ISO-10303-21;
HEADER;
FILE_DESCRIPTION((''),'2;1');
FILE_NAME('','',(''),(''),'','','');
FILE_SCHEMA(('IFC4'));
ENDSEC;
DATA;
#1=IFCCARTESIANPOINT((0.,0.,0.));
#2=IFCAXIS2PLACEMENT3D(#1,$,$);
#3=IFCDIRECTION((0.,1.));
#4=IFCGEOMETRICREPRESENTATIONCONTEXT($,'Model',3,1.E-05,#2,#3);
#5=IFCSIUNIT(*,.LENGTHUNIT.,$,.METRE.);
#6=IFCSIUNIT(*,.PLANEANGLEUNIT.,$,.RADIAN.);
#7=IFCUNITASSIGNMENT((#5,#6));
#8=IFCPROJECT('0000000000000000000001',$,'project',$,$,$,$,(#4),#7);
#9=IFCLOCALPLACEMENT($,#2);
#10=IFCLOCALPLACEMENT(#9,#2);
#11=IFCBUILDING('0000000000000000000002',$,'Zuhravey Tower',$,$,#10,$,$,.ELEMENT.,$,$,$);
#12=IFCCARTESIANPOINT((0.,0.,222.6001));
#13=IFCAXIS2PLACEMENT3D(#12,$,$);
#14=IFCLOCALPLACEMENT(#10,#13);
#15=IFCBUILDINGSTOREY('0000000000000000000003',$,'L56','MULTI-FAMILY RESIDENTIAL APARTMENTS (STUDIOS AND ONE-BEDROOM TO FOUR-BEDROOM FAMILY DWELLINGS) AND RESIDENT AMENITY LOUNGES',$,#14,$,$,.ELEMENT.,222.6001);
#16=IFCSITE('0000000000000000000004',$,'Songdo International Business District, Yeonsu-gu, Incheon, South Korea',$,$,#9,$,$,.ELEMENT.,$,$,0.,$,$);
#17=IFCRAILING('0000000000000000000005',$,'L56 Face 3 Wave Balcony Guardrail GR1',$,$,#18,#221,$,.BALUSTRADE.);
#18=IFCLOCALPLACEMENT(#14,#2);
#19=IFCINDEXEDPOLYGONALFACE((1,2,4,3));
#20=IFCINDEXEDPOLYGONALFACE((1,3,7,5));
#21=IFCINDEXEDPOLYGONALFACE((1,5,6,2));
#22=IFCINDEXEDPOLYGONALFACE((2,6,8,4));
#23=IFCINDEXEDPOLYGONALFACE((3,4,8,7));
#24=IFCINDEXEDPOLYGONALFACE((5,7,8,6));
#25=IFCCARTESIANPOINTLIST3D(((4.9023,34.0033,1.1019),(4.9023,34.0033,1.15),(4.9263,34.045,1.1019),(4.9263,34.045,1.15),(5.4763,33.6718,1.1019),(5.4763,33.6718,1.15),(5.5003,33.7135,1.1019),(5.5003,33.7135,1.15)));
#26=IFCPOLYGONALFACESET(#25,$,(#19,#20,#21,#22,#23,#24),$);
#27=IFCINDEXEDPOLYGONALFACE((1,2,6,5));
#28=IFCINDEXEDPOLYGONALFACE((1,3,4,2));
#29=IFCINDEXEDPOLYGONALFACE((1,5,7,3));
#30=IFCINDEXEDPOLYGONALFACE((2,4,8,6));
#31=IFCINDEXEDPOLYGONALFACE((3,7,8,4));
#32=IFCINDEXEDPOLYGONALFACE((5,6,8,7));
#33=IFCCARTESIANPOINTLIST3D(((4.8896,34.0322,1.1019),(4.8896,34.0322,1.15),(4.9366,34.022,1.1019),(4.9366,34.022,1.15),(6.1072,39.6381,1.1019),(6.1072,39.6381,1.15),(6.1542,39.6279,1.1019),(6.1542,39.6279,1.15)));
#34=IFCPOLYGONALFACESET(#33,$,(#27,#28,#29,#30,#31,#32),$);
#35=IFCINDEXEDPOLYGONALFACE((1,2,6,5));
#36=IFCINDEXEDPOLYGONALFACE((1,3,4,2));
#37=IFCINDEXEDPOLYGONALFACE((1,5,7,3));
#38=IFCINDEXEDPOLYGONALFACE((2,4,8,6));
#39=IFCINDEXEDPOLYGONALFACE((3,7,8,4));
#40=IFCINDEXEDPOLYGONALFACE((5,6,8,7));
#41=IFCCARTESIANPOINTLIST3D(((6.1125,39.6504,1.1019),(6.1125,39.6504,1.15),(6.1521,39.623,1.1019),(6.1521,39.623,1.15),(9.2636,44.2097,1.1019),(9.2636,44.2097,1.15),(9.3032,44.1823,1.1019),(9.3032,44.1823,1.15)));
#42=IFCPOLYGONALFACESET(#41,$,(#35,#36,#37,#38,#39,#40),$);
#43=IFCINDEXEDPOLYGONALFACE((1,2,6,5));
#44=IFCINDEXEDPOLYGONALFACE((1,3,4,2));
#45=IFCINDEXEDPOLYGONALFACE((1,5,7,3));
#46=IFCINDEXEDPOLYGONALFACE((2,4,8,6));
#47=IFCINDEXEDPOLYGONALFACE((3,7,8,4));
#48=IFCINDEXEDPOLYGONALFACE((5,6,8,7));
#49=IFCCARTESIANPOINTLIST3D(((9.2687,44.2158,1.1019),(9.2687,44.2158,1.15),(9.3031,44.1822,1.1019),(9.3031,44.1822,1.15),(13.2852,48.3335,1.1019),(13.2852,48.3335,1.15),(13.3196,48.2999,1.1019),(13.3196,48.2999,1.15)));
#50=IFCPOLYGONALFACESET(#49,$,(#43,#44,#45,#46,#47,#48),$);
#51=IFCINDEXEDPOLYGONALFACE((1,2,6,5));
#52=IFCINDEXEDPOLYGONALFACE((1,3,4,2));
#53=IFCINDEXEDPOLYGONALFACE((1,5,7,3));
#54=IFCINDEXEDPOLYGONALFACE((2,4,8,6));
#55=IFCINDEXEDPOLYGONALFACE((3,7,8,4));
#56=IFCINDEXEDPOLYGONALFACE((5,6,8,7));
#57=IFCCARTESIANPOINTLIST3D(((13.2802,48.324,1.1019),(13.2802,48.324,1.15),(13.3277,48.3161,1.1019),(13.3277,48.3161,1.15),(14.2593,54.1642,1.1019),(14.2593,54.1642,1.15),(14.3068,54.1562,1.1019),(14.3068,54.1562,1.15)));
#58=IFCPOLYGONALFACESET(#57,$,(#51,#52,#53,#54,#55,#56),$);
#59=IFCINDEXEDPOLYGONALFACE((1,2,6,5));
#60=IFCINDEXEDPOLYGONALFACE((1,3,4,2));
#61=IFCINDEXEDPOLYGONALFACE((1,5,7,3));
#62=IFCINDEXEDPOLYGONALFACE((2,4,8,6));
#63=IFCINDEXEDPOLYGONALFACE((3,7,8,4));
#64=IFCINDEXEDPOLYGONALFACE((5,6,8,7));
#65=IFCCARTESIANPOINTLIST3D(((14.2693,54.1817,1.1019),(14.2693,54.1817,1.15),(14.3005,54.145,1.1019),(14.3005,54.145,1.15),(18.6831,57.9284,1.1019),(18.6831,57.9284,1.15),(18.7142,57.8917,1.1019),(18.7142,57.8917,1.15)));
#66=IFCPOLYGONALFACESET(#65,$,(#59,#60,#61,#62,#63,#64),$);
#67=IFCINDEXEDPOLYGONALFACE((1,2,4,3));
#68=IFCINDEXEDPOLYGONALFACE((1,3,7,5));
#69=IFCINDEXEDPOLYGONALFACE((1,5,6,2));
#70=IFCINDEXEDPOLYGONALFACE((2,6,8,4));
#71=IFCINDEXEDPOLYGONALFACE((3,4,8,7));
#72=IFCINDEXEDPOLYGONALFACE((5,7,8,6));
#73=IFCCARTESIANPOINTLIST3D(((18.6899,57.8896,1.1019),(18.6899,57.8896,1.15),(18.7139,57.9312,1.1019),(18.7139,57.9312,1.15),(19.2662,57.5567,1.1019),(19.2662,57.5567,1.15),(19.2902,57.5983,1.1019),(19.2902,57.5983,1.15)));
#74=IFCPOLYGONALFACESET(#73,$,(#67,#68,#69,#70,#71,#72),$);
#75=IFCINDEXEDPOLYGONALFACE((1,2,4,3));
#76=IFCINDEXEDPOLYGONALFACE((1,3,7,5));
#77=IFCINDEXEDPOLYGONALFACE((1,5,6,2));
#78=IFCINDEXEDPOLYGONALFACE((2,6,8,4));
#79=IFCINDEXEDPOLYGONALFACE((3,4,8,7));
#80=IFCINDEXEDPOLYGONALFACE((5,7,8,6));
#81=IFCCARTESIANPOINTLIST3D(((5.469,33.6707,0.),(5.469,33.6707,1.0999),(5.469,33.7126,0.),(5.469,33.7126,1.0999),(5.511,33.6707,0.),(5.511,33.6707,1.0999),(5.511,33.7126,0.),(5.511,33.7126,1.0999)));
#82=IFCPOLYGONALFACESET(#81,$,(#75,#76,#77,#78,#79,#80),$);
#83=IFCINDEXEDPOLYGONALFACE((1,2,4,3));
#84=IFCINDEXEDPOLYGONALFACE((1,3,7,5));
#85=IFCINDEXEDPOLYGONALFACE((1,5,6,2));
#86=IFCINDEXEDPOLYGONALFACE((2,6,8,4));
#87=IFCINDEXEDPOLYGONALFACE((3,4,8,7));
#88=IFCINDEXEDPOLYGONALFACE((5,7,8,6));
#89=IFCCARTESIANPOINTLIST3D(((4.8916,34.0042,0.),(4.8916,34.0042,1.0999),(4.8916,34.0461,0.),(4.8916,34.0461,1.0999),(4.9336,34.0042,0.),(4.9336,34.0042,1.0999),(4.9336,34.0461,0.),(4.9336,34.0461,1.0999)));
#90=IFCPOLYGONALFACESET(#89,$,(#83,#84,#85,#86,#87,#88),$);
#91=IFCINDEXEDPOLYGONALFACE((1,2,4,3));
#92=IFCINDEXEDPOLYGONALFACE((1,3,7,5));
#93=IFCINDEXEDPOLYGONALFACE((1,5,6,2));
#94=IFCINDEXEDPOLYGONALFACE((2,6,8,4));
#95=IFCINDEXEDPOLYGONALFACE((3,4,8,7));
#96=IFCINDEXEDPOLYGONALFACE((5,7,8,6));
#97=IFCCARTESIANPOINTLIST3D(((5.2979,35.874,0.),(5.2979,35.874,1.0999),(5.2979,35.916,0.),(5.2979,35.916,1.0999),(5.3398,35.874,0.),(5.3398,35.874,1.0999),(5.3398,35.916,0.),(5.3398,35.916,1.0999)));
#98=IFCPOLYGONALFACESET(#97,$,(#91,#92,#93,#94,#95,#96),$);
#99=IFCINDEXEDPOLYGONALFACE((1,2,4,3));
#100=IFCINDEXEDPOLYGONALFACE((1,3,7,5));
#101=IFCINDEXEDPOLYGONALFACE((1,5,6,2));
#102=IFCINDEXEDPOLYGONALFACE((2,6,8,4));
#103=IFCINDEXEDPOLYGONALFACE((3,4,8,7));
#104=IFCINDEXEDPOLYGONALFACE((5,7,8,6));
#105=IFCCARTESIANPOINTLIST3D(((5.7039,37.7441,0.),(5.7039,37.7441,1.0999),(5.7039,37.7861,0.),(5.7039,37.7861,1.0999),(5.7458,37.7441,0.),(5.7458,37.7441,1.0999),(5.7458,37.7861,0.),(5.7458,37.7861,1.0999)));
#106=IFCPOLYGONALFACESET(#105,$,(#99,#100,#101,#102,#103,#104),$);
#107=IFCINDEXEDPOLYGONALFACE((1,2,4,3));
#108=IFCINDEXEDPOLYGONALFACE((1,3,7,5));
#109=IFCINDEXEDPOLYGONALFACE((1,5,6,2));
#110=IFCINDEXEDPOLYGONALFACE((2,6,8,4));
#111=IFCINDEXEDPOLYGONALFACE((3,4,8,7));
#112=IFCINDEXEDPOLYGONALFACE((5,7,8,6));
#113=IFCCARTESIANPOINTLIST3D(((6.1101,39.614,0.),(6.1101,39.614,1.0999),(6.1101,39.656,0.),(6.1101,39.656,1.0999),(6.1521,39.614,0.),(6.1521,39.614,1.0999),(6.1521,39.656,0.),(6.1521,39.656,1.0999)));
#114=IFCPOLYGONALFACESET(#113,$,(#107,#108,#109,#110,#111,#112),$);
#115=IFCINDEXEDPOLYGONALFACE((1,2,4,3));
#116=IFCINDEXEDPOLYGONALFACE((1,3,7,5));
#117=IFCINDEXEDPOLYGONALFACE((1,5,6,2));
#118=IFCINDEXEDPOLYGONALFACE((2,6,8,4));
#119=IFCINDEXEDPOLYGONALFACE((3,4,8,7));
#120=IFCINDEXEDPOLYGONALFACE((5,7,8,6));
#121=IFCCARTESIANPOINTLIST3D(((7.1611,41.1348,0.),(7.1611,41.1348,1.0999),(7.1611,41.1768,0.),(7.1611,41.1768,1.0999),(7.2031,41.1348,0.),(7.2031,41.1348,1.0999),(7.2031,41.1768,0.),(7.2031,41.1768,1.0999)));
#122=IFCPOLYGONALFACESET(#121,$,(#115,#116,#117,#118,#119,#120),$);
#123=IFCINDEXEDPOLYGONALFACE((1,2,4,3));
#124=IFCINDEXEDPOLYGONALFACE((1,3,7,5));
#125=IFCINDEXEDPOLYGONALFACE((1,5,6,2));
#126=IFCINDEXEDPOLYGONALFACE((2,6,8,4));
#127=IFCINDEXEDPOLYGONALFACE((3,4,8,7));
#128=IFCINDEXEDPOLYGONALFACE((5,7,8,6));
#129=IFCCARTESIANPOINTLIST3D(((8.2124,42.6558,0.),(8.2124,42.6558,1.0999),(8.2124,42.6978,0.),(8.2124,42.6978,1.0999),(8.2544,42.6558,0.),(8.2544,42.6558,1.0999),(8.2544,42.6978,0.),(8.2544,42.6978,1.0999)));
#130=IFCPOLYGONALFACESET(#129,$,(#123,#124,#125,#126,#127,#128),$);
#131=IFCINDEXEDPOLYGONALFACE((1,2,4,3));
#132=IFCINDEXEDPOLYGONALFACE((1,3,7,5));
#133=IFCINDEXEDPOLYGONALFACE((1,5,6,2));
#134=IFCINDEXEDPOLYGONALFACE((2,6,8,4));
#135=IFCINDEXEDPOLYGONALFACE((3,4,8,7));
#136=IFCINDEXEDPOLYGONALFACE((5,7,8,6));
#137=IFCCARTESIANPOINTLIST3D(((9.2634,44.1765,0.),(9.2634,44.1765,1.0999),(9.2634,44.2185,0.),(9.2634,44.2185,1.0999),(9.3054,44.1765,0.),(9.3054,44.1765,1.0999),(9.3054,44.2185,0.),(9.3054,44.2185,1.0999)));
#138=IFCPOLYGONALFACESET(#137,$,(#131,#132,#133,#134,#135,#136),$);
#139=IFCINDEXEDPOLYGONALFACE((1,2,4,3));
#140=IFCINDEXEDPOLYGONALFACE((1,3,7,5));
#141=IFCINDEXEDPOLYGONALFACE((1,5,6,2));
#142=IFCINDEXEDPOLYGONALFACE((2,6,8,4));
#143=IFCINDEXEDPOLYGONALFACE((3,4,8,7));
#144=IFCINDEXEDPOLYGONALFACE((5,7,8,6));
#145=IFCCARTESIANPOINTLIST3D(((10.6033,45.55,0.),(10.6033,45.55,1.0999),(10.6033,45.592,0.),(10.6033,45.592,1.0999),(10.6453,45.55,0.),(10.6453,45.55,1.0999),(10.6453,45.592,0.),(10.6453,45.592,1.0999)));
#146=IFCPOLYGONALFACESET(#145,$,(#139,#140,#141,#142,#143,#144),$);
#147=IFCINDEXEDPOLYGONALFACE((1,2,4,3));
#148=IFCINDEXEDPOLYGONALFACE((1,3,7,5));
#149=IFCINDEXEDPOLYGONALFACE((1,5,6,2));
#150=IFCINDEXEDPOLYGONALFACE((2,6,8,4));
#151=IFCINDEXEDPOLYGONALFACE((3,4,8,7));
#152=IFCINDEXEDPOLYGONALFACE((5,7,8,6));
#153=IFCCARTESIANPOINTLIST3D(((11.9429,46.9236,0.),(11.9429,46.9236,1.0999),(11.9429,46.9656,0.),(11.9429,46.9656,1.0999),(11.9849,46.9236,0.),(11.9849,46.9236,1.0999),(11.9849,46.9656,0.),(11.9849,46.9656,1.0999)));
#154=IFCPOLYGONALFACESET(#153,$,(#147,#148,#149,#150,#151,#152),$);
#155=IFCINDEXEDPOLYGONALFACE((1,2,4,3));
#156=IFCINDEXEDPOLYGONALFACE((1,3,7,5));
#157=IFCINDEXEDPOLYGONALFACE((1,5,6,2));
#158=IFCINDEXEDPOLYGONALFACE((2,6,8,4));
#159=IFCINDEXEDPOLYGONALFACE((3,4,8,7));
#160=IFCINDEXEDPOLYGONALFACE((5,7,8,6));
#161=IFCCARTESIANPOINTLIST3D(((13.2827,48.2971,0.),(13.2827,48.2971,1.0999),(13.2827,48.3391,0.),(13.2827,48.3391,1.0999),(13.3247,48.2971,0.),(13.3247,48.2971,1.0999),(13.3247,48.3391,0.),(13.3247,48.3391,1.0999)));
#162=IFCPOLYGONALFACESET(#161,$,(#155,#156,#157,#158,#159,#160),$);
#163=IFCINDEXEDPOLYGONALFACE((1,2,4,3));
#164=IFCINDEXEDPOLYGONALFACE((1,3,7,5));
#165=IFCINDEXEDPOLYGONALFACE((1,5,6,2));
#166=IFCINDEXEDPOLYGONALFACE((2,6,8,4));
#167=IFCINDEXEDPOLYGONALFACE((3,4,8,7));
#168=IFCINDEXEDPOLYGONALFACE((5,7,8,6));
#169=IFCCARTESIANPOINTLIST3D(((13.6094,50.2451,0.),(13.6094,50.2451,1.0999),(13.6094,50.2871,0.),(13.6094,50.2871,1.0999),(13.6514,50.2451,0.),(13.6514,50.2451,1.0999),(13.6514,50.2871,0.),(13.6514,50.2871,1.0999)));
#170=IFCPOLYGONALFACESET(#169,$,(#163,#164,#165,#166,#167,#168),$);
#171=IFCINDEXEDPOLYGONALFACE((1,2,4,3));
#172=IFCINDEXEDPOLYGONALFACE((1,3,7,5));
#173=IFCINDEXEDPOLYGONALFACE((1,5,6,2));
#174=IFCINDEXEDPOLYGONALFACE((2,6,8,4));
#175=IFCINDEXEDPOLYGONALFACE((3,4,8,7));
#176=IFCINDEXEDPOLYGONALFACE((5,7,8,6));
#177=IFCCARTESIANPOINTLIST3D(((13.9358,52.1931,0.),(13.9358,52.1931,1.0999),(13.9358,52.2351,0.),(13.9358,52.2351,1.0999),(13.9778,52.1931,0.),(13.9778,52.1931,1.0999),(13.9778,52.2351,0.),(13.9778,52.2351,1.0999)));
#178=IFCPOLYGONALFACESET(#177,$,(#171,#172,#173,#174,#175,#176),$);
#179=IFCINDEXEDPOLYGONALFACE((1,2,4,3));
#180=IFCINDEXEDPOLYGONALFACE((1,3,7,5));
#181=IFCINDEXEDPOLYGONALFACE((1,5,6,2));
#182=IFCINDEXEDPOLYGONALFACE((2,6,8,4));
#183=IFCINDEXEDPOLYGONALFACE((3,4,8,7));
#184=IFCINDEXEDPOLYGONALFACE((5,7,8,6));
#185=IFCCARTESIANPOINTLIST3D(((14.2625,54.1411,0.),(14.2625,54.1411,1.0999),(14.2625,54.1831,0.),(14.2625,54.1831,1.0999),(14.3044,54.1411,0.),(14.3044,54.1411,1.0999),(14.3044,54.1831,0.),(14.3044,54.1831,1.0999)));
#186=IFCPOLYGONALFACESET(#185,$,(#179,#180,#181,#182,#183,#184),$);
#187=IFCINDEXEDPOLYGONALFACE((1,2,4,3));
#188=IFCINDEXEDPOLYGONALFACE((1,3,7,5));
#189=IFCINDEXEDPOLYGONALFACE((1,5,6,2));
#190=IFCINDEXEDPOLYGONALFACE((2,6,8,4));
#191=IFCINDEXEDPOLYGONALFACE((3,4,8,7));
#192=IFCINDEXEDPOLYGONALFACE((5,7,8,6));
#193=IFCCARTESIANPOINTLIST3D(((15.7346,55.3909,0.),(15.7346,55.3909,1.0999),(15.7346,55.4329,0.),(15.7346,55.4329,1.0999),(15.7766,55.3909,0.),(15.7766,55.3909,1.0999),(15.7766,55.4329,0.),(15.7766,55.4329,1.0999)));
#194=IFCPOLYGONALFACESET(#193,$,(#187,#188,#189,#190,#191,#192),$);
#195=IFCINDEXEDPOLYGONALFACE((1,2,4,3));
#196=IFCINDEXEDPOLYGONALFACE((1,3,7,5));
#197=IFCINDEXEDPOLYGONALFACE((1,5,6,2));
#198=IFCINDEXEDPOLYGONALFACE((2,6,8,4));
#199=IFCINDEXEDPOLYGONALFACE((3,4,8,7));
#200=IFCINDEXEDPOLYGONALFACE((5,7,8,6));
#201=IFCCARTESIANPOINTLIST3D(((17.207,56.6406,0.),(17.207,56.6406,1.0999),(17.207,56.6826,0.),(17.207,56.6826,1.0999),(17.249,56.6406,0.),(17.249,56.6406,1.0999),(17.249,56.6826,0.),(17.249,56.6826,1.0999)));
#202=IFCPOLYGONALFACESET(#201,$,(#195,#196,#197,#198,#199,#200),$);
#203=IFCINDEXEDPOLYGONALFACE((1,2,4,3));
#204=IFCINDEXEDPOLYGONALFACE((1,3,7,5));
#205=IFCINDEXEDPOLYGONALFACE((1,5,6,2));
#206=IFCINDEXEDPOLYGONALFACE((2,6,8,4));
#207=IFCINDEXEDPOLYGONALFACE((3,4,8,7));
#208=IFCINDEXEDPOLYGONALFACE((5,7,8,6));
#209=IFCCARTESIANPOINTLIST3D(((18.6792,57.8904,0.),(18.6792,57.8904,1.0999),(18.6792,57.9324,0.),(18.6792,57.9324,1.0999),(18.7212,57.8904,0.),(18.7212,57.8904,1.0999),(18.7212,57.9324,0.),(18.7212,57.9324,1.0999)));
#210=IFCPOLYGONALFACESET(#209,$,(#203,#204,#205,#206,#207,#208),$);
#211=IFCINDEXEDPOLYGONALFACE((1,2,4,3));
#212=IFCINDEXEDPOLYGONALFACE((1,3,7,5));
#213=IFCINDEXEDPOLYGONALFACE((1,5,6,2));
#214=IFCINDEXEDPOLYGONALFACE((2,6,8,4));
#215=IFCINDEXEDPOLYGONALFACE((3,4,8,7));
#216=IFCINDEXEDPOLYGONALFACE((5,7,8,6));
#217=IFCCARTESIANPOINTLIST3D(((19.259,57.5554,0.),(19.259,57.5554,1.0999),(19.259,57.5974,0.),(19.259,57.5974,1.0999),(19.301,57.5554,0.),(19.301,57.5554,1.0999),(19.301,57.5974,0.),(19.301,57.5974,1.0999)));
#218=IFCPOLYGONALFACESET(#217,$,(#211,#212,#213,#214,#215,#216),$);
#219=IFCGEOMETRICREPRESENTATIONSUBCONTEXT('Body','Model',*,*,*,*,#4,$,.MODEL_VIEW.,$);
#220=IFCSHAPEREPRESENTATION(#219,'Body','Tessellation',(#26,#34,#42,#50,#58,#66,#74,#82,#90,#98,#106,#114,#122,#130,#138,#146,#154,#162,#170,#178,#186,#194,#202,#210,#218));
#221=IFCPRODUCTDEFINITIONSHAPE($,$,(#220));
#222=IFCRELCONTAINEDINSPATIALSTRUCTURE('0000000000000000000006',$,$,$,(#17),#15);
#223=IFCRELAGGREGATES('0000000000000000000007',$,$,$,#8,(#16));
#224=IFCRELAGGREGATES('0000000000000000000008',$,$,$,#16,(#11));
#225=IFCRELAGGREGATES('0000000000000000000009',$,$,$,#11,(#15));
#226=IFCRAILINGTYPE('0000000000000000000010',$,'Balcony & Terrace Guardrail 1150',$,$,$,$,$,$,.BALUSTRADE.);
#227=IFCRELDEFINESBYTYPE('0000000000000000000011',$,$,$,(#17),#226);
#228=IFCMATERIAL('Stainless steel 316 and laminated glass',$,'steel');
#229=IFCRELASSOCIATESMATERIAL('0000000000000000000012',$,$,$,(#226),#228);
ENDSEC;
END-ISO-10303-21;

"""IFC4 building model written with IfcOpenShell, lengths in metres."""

from ifc_helpers import new_model, si_unit, direction, frame, origin, origin_2d, place, context, subcontext, project, spatial, rectangle, extrude, material, type_object, element, save


model = new_model("IFC4")

# Units and contexts
model_context = context("Model", 3, precision=1e-05, world=origin(), true_north=direction((0.0, 1.0)))
body_context = subcontext(model_context, "Body", "Model", "MODEL_VIEW")
ifc_project = project(units=[si_unit("LENGTHUNIT", "METRE"), si_unit("PLANEANGLEUNIT", "RADIAN")], contexts=[model_context])

# Site, building, storey
site_placement = place(None, origin())
site = spatial("IfcSite", under=ifc_project, at=site_placement, Name="Songdo International Business District, Yeonsu-gu, Incheon, South Korea", CompositionType="ELEMENT", RefElevation=0.0)
building_placement = place(site_placement, origin())
building = spatial("IfcBuilding", under=site, at=building_placement, Name="Zuhravey Tower", CompositionType="ELEMENT")
storey_placement = place(building_placement, frame((0.0, 0.0, 222.6001)))
storey = spatial("IfcBuildingStorey", under=building, at=storey_placement, Name="L56", Description="MULTI-FAMILY RESIDENTIAL APARTMENTS (STUDIOS AND ONE-BEDROOM TO FOUR-BEDROOM FAMILY DWELLINGS) AND RESIDENT AMENITY LOUNGES", CompositionType="ELEMENT", Elevation=222.6001)

# Railing
ifc_material_1 = material(Name="Stainless steel 316 and laminated glass", Category="steel")
railing_type = type_object("IfcRailingType", Name="Balcony & Terrace Guardrail 1150", PredefinedType="BALUSTRADE", material=ifc_material_1)
railing_placement = place(storey_placement, frame((5.49, 33.6917, 0.0)))
element("IfcRailing", 1, at=railing_placement, inside=storey, type_object=railing_type, Name="L56 Face 3 Wave Balcony Guardrail GR1", PredefinedType="BALUSTRADE", context=body_context, shape_type="SweptSolid", body=[
    extrude(rectangle(XDim=0.0481, YDim=0.0481, at=origin_2d()), frame((-0.0017, 0.001, 1.126), z_axis=(-0.865936, 0.500156, 0.0), x_axis=(-0.500156, -0.865936, 0.0)), (0.0, 0.0, 1.0), 0.6628),
    extrude(rectangle(XDim=0.0481, YDim=0.0481, at=origin_2d()), frame((-0.5769, 0.3354, 1.126), z_axis=(0.212258, 0.977214, 0.0), x_axis=(-0.977214, 0.212258, 0.0)), (0.0, 0.0, 1.0), 5.7366),
    extrude(rectangle(XDim=0.0481, YDim=0.0481, at=origin_2d()), frame((0.6423, 5.9451, 1.126), z_axis=(0.56856, 0.822642, 0.0), x_axis=(-0.822642, 0.56856, 0.0)), (0.0, 0.0, 1.0), 5.5422),
    extrude(rectangle(XDim=0.0481, YDim=0.0481, at=origin_2d()), frame((3.7959, 10.5073, 1.126), z_axis=(0.698251, 0.715853, 0.0), x_axis=(-0.715853, 0.698251, 0.0)), (0.0, 0.0, 1.0), 5.7522),
    extrude(rectangle(XDim=0.0481, YDim=0.0481, at=origin_2d()), frame((7.814, 14.6284, 1.126), z_axis=(0.165341, 0.986236, 0.0), x_axis=(-0.986236, 0.165341, 0.0)), (0.0, 0.0, 1.0), 5.9216),
    extrude(rectangle(XDim=0.0481, YDim=0.0481, at=origin_2d()), frame((8.7949, 20.4717, 1.126), z_axis=(0.762362, 0.64715, 0.0), x_axis=(-0.64715, 0.762362, 0.0)), (0.0, 0.0, 1.0), 5.7896),
    extrude(rectangle(XDim=0.0481, YDim=0.0481, at=origin_2d()), frame((13.2119, 24.2188, 1.126), z_axis=(0.8659, -0.500217, 0.0), x_axis=(0.500217, 0.8659, 0.0)), (0.0, 0.0, 1.0), 0.6655),
    extrude(rectangle(XDim=0.042, YDim=0.042, at=origin_2d()), origin(), (0.0, 0.0, 1.0), 1.0999),
    extrude(rectangle(XDim=0.042, YDim=0.042, at=origin_2d()), frame((-0.5774, 0.3335, 0.0)), (0.0, 0.0, 1.0), 1.0999),
    extrude(rectangle(XDim=0.042, YDim=0.042, at=origin_2d()), frame((-0.1711, 2.2034, 0.0)), (0.0, 0.0, 1.0), 1.0999),
    extrude(rectangle(XDim=0.042, YDim=0.042, at=origin_2d()), frame((0.2349, 4.0735, 0.0)), (0.0, 0.0, 1.0), 1.0999),
    extrude(rectangle(XDim=0.042, YDim=0.042, at=origin_2d()), frame((0.6411, 5.9434, 0.0)), (0.0, 0.0, 1.0), 1.0999),
    extrude(rectangle(XDim=0.042, YDim=0.042, at=origin_2d()), frame((1.6921, 7.4641, 0.0)), (0.0, 0.0, 1.0), 1.0999),
    extrude(rectangle(XDim=0.042, YDim=0.042, at=origin_2d()), frame((2.7434, 8.9851, 0.0)), (0.0, 0.0, 1.0), 1.0999),
    extrude(rectangle(XDim=0.042, YDim=0.042, at=origin_2d()), frame((3.7944, 10.5059, 0.0)), (0.0, 0.0, 1.0), 1.0999),
    extrude(rectangle(XDim=0.042, YDim=0.042, at=origin_2d()), frame((5.1343, 11.8794, 0.0)), (0.0, 0.0, 1.0), 1.0999),
    extrude(rectangle(XDim=0.042, YDim=0.042, at=origin_2d()), frame((6.4739, 13.2529, 0.0)), (0.0, 0.0, 1.0), 1.0999),
    extrude(rectangle(XDim=0.042, YDim=0.042, at=origin_2d()), frame((7.8137, 14.6265, 0.0)), (0.0, 0.0, 1.0), 1.0999),
    extrude(rectangle(XDim=0.042, YDim=0.042, at=origin_2d()), frame((8.1404, 16.5745, 0.0)), (0.0, 0.0, 1.0), 1.0999),
    extrude(rectangle(XDim=0.042, YDim=0.042, at=origin_2d()), frame((8.4668, 18.5225, 0.0)), (0.0, 0.0, 1.0), 1.0999),
    extrude(rectangle(XDim=0.042, YDim=0.042, at=origin_2d()), frame((8.7935, 20.4705, 0.0)), (0.0, 0.0, 1.0), 1.0999),
    extrude(rectangle(XDim=0.042, YDim=0.042, at=origin_2d()), frame((10.2656, 21.7202, 0.0)), (0.0, 0.0, 1.0), 1.0999),
    extrude(rectangle(XDim=0.042, YDim=0.042, at=origin_2d()), frame((11.738, 22.97, 0.0)), (0.0, 0.0, 1.0), 1.0999),
    extrude(rectangle(XDim=0.042, YDim=0.042, at=origin_2d()), frame((13.2102, 24.2197, 0.0)), (0.0, 0.0, 1.0), 1.0999),
    extrude(rectangle(XDim=0.042, YDim=0.042, at=origin_2d()), frame((13.79, 23.8848, 0.0)), (0.0, 0.0, 1.0), 1.0999),
])

save(model, "model.ifc")
